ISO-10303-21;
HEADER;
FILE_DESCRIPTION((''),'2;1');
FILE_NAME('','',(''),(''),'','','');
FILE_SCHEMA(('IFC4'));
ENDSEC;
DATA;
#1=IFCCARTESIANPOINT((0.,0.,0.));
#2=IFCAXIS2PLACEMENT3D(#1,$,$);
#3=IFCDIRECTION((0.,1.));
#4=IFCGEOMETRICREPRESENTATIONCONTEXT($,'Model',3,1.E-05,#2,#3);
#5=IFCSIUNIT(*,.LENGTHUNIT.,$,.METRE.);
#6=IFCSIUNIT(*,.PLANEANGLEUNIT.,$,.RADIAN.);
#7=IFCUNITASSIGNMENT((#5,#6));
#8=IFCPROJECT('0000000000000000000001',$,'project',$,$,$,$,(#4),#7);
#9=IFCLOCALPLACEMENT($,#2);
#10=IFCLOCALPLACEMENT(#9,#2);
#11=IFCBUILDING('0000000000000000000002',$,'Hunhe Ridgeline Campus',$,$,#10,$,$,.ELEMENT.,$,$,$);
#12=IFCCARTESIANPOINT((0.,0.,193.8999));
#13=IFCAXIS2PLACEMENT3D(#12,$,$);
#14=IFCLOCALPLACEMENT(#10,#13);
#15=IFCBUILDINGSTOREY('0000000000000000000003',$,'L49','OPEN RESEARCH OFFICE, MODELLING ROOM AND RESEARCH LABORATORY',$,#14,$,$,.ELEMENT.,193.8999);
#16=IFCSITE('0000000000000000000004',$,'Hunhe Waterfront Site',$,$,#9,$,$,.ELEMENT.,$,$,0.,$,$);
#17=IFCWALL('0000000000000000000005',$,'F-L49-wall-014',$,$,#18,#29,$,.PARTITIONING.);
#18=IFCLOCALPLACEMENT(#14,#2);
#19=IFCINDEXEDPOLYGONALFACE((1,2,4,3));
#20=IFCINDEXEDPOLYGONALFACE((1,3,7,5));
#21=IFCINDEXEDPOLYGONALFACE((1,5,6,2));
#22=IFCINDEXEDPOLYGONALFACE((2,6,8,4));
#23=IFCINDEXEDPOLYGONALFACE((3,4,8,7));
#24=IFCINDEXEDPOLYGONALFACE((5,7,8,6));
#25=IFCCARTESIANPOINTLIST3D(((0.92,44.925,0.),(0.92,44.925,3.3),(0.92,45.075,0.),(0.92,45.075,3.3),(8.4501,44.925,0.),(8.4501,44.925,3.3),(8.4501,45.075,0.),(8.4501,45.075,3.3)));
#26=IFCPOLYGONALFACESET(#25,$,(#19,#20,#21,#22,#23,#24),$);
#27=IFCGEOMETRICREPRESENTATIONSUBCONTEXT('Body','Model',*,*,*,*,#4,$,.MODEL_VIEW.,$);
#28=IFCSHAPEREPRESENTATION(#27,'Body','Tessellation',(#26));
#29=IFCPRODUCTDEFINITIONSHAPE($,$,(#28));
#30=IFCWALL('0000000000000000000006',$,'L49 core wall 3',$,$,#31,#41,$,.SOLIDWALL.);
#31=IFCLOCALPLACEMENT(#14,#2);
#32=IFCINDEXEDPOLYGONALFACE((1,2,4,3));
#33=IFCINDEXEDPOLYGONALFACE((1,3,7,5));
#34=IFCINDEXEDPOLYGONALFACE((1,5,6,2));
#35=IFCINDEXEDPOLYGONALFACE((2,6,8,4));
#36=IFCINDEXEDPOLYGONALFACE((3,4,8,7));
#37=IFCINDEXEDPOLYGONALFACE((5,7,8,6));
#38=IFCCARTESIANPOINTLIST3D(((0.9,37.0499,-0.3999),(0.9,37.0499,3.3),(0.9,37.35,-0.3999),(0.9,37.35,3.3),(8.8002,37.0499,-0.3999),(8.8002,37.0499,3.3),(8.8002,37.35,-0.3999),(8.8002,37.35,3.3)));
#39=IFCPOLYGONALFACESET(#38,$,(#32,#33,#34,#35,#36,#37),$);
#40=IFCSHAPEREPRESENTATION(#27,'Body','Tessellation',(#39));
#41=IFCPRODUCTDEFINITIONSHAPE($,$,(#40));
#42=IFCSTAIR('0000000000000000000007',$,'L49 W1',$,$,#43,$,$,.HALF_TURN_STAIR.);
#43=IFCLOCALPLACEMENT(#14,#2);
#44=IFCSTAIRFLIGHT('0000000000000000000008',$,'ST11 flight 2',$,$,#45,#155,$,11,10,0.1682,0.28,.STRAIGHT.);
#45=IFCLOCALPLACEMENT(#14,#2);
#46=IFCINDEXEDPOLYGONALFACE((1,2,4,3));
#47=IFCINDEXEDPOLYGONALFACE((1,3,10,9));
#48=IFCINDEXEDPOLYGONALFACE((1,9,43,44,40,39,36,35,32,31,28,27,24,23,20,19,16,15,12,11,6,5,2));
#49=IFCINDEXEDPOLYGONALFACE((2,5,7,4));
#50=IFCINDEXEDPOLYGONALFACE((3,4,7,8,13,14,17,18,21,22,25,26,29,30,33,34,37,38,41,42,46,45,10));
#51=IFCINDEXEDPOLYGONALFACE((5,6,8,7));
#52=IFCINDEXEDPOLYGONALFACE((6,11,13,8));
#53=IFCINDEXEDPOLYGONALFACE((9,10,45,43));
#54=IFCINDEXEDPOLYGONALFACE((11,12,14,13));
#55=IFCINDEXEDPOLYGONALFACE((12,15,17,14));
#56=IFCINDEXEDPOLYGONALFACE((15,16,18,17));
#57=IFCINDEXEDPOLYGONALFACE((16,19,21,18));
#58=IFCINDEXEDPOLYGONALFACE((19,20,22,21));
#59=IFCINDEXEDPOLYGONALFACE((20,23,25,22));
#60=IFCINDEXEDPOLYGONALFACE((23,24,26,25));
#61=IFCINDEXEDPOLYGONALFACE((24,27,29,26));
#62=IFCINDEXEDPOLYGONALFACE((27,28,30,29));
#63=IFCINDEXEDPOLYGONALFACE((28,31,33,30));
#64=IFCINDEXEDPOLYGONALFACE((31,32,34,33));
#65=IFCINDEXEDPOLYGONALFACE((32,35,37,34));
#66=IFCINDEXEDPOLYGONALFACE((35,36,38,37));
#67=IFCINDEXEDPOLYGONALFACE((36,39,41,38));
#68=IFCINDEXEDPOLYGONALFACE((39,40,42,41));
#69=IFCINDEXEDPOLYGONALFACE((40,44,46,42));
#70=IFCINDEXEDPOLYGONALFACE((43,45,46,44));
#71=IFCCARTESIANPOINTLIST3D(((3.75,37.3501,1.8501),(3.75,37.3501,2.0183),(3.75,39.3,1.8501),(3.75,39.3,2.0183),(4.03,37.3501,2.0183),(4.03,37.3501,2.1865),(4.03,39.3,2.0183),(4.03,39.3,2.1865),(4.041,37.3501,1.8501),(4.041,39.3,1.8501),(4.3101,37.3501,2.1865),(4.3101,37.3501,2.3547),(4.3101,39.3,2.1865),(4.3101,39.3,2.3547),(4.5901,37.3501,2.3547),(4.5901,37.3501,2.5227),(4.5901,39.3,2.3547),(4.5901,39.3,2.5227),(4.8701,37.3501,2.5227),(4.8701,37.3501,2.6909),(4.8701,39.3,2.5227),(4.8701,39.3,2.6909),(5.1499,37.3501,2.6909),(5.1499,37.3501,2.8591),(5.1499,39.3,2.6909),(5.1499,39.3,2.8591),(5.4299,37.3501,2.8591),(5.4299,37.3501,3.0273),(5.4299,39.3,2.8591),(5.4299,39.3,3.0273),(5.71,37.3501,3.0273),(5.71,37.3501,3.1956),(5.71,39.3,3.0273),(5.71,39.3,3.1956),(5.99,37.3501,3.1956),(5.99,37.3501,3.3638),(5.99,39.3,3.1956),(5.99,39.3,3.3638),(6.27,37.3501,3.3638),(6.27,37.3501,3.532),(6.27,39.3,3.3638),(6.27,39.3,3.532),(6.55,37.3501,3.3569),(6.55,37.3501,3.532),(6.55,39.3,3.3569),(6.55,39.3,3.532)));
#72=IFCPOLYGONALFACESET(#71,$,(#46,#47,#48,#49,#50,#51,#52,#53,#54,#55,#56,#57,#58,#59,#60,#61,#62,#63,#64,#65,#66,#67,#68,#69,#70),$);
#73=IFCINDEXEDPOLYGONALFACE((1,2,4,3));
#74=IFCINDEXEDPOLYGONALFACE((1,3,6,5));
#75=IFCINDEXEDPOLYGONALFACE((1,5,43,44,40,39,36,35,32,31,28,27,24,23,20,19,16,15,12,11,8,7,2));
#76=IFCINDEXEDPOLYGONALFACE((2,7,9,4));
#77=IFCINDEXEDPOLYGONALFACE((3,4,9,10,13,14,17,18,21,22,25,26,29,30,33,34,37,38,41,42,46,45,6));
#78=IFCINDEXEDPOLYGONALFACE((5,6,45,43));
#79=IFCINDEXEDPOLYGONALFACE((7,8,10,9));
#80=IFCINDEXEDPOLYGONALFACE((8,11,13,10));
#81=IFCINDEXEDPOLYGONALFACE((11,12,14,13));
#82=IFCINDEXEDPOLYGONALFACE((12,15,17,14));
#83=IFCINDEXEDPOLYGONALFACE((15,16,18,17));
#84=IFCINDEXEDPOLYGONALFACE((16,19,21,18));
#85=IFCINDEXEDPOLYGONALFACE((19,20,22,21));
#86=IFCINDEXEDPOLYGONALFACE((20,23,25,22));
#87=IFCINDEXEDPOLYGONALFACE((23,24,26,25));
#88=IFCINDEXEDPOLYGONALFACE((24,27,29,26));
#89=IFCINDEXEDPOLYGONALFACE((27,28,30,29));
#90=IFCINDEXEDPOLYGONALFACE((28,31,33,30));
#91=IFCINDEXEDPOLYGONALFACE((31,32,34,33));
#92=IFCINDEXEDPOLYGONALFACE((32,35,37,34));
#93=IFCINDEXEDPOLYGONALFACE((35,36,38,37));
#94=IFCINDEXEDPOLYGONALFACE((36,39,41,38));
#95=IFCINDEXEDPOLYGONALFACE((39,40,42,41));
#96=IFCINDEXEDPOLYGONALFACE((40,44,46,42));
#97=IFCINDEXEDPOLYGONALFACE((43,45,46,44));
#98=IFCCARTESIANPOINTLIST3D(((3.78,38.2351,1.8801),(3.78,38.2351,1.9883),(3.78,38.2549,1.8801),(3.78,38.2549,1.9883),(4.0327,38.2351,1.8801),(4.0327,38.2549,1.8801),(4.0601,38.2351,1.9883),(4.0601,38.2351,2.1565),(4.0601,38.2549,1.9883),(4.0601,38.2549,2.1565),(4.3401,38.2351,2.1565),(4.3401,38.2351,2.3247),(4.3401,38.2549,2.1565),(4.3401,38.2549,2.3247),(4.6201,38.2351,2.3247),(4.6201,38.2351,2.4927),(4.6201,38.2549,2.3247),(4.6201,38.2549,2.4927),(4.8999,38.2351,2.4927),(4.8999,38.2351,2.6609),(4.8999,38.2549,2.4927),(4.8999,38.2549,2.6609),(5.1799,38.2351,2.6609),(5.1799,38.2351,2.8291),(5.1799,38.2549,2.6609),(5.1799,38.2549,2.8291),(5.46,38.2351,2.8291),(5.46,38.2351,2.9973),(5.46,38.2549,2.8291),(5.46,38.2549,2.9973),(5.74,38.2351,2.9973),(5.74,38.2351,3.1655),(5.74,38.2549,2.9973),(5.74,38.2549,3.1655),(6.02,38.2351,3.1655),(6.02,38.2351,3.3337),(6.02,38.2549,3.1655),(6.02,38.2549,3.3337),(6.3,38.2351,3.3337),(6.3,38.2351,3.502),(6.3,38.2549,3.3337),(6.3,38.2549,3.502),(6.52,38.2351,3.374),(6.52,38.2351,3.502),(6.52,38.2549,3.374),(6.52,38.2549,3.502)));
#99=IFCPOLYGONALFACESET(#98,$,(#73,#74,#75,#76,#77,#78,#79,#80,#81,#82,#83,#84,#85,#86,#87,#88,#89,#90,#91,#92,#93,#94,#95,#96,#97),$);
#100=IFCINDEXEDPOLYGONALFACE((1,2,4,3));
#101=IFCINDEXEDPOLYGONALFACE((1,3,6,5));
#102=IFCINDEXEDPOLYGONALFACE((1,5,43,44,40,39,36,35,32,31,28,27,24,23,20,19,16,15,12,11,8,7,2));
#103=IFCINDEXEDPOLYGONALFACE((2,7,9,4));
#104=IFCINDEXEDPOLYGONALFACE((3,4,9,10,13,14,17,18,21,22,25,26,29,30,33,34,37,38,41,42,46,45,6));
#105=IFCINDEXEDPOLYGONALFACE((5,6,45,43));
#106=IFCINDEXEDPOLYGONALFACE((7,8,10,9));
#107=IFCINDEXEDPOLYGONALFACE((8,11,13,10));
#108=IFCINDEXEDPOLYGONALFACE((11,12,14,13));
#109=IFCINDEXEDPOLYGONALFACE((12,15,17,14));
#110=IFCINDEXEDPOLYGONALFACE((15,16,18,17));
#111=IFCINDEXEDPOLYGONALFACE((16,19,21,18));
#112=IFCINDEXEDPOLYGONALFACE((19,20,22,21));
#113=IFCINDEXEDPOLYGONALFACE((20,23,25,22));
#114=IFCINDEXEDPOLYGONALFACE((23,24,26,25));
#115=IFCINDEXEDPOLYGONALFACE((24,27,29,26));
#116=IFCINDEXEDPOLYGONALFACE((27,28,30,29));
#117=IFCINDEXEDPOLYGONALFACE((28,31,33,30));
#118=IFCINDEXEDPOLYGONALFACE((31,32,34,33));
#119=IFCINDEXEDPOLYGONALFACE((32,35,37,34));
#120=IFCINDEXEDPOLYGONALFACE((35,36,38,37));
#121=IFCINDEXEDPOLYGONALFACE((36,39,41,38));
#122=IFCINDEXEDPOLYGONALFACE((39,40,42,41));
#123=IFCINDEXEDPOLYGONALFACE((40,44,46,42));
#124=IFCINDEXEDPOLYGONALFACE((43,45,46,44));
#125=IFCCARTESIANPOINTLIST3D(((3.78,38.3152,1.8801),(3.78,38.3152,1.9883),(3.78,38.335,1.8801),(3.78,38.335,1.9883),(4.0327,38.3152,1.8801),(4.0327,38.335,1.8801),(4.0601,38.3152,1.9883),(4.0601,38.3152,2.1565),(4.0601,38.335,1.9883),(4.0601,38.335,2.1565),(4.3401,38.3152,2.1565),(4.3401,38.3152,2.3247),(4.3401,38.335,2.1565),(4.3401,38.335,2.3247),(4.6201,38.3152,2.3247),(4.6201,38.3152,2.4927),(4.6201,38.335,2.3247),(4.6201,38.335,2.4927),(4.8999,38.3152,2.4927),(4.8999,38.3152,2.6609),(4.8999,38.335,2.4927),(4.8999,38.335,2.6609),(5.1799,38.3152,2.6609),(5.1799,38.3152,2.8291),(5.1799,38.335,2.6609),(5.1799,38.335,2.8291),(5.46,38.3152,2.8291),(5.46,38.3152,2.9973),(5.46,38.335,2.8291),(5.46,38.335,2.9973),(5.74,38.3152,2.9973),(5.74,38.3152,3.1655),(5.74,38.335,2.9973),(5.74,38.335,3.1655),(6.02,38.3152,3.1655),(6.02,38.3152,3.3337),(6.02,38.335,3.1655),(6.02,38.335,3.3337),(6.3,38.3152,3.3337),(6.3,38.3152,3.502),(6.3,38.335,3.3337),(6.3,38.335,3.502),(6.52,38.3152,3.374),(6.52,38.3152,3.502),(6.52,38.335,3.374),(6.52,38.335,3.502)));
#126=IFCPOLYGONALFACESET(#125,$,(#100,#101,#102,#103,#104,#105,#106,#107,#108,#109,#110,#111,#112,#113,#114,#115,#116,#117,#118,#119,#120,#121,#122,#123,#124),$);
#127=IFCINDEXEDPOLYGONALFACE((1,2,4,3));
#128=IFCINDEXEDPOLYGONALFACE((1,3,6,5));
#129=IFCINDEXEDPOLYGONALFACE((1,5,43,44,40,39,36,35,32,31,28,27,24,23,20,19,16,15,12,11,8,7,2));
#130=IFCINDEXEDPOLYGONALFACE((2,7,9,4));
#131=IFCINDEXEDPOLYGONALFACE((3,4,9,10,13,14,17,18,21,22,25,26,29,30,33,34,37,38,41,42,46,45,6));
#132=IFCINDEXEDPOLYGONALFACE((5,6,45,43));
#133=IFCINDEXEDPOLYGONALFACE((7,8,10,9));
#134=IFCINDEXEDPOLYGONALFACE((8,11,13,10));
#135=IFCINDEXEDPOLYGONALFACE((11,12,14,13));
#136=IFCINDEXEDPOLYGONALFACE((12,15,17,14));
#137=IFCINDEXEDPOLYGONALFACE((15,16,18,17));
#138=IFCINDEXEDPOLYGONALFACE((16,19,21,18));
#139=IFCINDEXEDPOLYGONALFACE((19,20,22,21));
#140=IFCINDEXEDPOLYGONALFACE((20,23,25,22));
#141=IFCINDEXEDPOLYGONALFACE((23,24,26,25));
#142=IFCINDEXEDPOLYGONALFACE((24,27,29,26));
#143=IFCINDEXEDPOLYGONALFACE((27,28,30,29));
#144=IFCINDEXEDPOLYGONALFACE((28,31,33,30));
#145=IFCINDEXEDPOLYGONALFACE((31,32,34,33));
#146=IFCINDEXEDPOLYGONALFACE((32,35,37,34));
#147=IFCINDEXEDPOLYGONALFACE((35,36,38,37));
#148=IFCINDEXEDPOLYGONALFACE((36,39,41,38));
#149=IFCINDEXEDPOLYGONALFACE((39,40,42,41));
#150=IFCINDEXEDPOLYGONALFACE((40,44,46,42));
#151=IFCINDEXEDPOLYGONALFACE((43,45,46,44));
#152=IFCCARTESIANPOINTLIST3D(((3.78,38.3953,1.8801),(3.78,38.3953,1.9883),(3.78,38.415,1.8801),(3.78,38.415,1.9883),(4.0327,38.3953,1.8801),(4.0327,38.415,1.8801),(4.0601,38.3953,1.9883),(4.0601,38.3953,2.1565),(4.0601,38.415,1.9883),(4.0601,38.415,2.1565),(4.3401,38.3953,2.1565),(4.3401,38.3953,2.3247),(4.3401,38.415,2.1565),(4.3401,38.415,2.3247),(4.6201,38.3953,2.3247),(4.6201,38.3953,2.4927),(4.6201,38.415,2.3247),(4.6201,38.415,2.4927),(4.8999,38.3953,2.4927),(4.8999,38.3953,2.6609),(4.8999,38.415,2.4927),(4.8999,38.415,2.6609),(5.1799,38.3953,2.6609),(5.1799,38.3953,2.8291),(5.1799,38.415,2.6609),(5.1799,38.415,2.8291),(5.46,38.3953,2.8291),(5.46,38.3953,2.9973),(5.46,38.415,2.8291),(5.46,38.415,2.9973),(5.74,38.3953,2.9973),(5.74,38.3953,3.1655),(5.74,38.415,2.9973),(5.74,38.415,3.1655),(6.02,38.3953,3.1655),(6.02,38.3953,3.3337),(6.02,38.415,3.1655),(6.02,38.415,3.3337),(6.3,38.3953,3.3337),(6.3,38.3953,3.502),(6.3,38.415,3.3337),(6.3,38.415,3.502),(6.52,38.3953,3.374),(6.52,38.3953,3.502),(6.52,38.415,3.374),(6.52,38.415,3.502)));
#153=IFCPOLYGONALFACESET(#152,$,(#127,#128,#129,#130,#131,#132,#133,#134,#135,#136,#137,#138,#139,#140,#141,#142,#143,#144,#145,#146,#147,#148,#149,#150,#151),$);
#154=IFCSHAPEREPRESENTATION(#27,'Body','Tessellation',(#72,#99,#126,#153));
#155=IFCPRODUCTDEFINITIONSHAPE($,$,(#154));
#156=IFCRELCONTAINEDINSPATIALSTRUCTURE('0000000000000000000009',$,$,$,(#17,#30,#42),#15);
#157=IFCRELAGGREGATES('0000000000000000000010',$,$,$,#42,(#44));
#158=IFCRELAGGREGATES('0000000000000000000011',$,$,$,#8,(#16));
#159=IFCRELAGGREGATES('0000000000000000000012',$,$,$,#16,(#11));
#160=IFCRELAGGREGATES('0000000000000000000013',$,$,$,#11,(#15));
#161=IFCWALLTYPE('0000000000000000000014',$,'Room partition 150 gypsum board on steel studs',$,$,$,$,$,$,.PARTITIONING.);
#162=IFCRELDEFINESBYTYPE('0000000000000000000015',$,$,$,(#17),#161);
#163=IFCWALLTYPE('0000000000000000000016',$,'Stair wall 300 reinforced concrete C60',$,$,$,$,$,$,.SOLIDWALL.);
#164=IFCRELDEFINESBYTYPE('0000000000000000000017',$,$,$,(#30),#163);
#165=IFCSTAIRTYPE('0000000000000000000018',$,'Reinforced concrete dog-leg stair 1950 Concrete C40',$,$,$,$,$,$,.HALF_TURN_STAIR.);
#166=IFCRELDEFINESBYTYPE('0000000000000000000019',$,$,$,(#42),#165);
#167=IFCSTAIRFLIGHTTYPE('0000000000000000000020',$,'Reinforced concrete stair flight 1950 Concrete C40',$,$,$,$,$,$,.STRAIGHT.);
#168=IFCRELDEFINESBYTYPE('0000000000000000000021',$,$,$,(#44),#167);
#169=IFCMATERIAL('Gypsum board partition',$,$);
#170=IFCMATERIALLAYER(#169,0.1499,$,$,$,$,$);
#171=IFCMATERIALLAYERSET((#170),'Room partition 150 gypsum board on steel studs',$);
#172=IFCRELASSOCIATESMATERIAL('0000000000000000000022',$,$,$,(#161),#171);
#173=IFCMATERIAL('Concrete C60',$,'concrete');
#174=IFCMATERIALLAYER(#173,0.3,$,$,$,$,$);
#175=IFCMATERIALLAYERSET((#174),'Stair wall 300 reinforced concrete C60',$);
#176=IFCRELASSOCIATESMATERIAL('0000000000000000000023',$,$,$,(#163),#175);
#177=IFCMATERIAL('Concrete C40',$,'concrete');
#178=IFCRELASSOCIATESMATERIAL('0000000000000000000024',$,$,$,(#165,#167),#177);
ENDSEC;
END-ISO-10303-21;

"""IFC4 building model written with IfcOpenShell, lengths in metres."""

from ifc_helpers import new_model, si_unit, direction, frame, frame_2d, origin, place, context, subcontext, project, spatial, polyline, rectangle, outline, extrude, material, layer, layer_set, type_object, element, aggregate, save


model = new_model("IFC4")

# Units and contexts
model_context = context("Model", 3, precision=1e-05, world=origin(), true_north=direction((0.0, 1.0)))
body_context = subcontext(model_context, "Body", "Model", "MODEL_VIEW")
ifc_project = project(units=[si_unit("LENGTHUNIT", "METRE"), si_unit("PLANEANGLEUNIT", "RADIAN")], contexts=[model_context])

# Site, building, storey
site_placement = place(None, origin())
site = spatial("IfcSite", under=ifc_project, at=site_placement, Name="Hunhe Waterfront Site", CompositionType="ELEMENT", RefElevation=0.0)
building_placement = place(site_placement, origin())
building = spatial("IfcBuilding", under=site, at=building_placement, Name="Hunhe Ridgeline Campus", CompositionType="ELEMENT")
storey_placement = place(building_placement, frame((0.0, 0.0, 193.8999)))
storey = spatial("IfcBuildingStorey", under=building, at=storey_placement, Name="L49", Description="OPEN RESEARCH OFFICE, MODELLING ROOM AND RESEARCH LABORATORY", CompositionType="ELEMENT", Elevation=193.8999)

# Shared definitions
ifc_material_1 = material(Name="Concrete C60", Category="concrete")

# Walls
ifc_material_2 = material(Name="Gypsum board partition")
ifc_layer_1 = layer(ifc_material_2, 0.1499)
ifc_layer_set_1 = layer_set([ifc_layer_1], Name="Room partition 150 gypsum board on steel studs")
wall_type_1 = type_object("IfcWallType", Name="Room partition 150 gypsum board on steel studs", PredefinedType="PARTITIONING", material=ifc_layer_set_1)
wall_1_placement = place(storey_placement, frame((0.9199, 45.0, 0.0), z_axis=(0.0, 0.0, 1.0), x_axis=(1.0, 0.0, 0.0)))
element("IfcWall", 1, at=wall_1_placement, inside=storey, type_object=wall_type_1, Name="F-L49-wall-014", PredefinedType="PARTITIONING", context=body_context, shape_type="SweptSolid", body=[
    extrude(rectangle(XDim=7.53, YDim=0.1499, at=frame_2d((3.7651, 0.0))), origin(), (0.0, 0.0, 1.0), 3.3),
])
ifc_layer_2 = layer(ifc_material_1, 0.3)
ifc_layer_set_2 = layer_set([ifc_layer_2], Name="Stair wall 300 reinforced concrete C60")
wall_type_2 = type_object("IfcWallType", Name="Stair wall 300 reinforced concrete C60", PredefinedType="SOLIDWALL", material=ifc_layer_set_2)
wall_2_placement = place(storey_placement, frame((0.8999, 37.2, -0.3999), z_axis=(0.0, 0.0, 1.0), x_axis=(1.0, 0.0, 0.0)))
element("IfcWall", 2, at=wall_2_placement, inside=storey, type_object=wall_type_2, Name="L49 core wall 3", PredefinedType="SOLIDWALL", context=body_context, shape_type="SweptSolid", body=[
    extrude(rectangle(XDim=7.9001, YDim=0.3, at=frame_2d((3.9502, 0.0))), origin(), (0.0, 0.0, 1.0), 3.7),
])

# Stair, stair flight
ifc_material_3 = material(Name="Concrete C40", Category="concrete")
stair_type = type_object("IfcStairType", Name="Reinforced concrete dog-leg stair 1950 Concrete C40", PredefinedType="HALF_TURN_STAIR", material=ifc_material_3)
stair_placement = place(storey_placement, origin())
stair = element("IfcStair", 3, at=stair_placement, inside=storey, type_object=stair_type, Name="L49 W1", PredefinedType="HALF_TURN_STAIR")
stair_flight_type = type_object("IfcStairFlightType", Name="Reinforced concrete stair flight 1950 Concrete C40", PredefinedType="STRAIGHT", material=ifc_material_3)
stair_flight_placement = place(storey_placement, frame((3.75, 38.325, 1.8501), z_axis=(0.0, 0.0, 1.0), x_axis=(1.0, 0.0, 0.0)))
stair_flight = element("IfcStairFlight", 4, at=stair_flight_placement, type_object=stair_flight_type, Name="ST11 flight 2", NumberOfRisers=11, NumberOfTreads=10, PredefinedType="STRAIGHT", RiserHeight=0.1682, TreadLength=0.28, context=body_context, shape_type="SweptSolid", body=[
    extrude(outline(polyline([(0.0, 0.0), (0.0, 0.1682), (0.28, 0.1682), (0.28, 0.3364), (0.5601, 0.3364), (0.5601, 0.5046), (0.8401, 0.5046), (0.8401, 0.6726), (1.1201, 0.6726), (1.1201, 0.8408), (1.3999, 0.8408), (1.3999, 1.009), (1.6799, 1.009), (1.6799, 1.1772), (1.96, 1.1772), (1.96, 1.3455), (2.24, 1.3455), (2.24, 1.5137), (2.52, 1.5137), (2.52, 1.6819), (2.8, 1.6819), (2.8, 1.8501), (2.8, 1.5068), (0.291, 0.0), (0.0, 0.0)])), frame((0.0, 0.9751, 0.0), z_axis=(0.0, -1.0, 0.0), x_axis=(1.0, 0.0, 0.0)), (0.0, 0.0, 1.0), 1.95),
    extrude(outline(polyline([(0.03, 0.03), (0.03, 0.1382), (0.3101, 0.1382), (0.3101, 0.3064), (0.5901, 0.3064), (0.5901, 0.4746), (0.8701, 0.4746), (0.8701, 0.6426), (1.1499, 0.6426), (1.1499, 0.8108), (1.4299, 0.8108), (1.4299, 0.979), (1.71, 0.979), (1.71, 1.1472), (1.99, 1.1472), (1.99, 1.3154), (2.27, 1.3154), (2.27, 1.4836), (2.55, 1.4836), (2.55, 1.6519), (2.77, 1.6519), (2.77, 1.5239), (0.2827, 0.03), (0.03, 0.03)])), frame((0.0, -0.0701, 0.0), z_axis=(0.0, -1.0, 0.0), x_axis=(1.0, 0.0, 0.0)), (0.0, 0.0, 1.0), 0.0198),
    extrude(outline(polyline([(0.03, 0.03), (0.03, 0.1382), (0.3101, 0.1382), (0.3101, 0.3064), (0.5901, 0.3064), (0.5901, 0.4746), (0.8701, 0.4746), (0.8701, 0.6426), (1.1499, 0.6426), (1.1499, 0.8108), (1.4299, 0.8108), (1.4299, 0.979), (1.71, 0.979), (1.71, 1.1472), (1.99, 1.1472), (1.99, 1.3154), (2.27, 1.3154), (2.27, 1.4836), (2.55, 1.4836), (2.55, 1.6519), (2.77, 1.6519), (2.77, 1.5239), (0.2827, 0.03), (0.03, 0.03)])), frame((0.0, 0.01, 0.0), z_axis=(0.0, -1.0, 0.0), x_axis=(1.0, 0.0, 0.0)), (0.0, 0.0, 1.0), 0.0198),
    extrude(outline(polyline([(0.03, 0.03), (0.03, 0.1382), (0.3101, 0.1382), (0.3101, 0.3064), (0.5901, 0.3064), (0.5901, 0.4746), (0.8701, 0.4746), (0.8701, 0.6426), (1.1499, 0.6426), (1.1499, 0.8108), (1.4299, 0.8108), (1.4299, 0.979), (1.71, 0.979), (1.71, 1.1472), (1.99, 1.1472), (1.99, 1.3154), (2.27, 1.3154), (2.27, 1.4836), (2.55, 1.4836), (2.55, 1.6519), (2.77, 1.6519), (2.77, 1.5239), (0.2827, 0.03), (0.03, 0.03)])), frame((0.0, 0.0901, 0.0), z_axis=(0.0, -1.0, 0.0), x_axis=(1.0, 0.0, 0.0)), (0.0, 0.0, 1.0), 0.0198),
])
aggregate(stair, [stair_flight])

save(model, "model.ifc")
